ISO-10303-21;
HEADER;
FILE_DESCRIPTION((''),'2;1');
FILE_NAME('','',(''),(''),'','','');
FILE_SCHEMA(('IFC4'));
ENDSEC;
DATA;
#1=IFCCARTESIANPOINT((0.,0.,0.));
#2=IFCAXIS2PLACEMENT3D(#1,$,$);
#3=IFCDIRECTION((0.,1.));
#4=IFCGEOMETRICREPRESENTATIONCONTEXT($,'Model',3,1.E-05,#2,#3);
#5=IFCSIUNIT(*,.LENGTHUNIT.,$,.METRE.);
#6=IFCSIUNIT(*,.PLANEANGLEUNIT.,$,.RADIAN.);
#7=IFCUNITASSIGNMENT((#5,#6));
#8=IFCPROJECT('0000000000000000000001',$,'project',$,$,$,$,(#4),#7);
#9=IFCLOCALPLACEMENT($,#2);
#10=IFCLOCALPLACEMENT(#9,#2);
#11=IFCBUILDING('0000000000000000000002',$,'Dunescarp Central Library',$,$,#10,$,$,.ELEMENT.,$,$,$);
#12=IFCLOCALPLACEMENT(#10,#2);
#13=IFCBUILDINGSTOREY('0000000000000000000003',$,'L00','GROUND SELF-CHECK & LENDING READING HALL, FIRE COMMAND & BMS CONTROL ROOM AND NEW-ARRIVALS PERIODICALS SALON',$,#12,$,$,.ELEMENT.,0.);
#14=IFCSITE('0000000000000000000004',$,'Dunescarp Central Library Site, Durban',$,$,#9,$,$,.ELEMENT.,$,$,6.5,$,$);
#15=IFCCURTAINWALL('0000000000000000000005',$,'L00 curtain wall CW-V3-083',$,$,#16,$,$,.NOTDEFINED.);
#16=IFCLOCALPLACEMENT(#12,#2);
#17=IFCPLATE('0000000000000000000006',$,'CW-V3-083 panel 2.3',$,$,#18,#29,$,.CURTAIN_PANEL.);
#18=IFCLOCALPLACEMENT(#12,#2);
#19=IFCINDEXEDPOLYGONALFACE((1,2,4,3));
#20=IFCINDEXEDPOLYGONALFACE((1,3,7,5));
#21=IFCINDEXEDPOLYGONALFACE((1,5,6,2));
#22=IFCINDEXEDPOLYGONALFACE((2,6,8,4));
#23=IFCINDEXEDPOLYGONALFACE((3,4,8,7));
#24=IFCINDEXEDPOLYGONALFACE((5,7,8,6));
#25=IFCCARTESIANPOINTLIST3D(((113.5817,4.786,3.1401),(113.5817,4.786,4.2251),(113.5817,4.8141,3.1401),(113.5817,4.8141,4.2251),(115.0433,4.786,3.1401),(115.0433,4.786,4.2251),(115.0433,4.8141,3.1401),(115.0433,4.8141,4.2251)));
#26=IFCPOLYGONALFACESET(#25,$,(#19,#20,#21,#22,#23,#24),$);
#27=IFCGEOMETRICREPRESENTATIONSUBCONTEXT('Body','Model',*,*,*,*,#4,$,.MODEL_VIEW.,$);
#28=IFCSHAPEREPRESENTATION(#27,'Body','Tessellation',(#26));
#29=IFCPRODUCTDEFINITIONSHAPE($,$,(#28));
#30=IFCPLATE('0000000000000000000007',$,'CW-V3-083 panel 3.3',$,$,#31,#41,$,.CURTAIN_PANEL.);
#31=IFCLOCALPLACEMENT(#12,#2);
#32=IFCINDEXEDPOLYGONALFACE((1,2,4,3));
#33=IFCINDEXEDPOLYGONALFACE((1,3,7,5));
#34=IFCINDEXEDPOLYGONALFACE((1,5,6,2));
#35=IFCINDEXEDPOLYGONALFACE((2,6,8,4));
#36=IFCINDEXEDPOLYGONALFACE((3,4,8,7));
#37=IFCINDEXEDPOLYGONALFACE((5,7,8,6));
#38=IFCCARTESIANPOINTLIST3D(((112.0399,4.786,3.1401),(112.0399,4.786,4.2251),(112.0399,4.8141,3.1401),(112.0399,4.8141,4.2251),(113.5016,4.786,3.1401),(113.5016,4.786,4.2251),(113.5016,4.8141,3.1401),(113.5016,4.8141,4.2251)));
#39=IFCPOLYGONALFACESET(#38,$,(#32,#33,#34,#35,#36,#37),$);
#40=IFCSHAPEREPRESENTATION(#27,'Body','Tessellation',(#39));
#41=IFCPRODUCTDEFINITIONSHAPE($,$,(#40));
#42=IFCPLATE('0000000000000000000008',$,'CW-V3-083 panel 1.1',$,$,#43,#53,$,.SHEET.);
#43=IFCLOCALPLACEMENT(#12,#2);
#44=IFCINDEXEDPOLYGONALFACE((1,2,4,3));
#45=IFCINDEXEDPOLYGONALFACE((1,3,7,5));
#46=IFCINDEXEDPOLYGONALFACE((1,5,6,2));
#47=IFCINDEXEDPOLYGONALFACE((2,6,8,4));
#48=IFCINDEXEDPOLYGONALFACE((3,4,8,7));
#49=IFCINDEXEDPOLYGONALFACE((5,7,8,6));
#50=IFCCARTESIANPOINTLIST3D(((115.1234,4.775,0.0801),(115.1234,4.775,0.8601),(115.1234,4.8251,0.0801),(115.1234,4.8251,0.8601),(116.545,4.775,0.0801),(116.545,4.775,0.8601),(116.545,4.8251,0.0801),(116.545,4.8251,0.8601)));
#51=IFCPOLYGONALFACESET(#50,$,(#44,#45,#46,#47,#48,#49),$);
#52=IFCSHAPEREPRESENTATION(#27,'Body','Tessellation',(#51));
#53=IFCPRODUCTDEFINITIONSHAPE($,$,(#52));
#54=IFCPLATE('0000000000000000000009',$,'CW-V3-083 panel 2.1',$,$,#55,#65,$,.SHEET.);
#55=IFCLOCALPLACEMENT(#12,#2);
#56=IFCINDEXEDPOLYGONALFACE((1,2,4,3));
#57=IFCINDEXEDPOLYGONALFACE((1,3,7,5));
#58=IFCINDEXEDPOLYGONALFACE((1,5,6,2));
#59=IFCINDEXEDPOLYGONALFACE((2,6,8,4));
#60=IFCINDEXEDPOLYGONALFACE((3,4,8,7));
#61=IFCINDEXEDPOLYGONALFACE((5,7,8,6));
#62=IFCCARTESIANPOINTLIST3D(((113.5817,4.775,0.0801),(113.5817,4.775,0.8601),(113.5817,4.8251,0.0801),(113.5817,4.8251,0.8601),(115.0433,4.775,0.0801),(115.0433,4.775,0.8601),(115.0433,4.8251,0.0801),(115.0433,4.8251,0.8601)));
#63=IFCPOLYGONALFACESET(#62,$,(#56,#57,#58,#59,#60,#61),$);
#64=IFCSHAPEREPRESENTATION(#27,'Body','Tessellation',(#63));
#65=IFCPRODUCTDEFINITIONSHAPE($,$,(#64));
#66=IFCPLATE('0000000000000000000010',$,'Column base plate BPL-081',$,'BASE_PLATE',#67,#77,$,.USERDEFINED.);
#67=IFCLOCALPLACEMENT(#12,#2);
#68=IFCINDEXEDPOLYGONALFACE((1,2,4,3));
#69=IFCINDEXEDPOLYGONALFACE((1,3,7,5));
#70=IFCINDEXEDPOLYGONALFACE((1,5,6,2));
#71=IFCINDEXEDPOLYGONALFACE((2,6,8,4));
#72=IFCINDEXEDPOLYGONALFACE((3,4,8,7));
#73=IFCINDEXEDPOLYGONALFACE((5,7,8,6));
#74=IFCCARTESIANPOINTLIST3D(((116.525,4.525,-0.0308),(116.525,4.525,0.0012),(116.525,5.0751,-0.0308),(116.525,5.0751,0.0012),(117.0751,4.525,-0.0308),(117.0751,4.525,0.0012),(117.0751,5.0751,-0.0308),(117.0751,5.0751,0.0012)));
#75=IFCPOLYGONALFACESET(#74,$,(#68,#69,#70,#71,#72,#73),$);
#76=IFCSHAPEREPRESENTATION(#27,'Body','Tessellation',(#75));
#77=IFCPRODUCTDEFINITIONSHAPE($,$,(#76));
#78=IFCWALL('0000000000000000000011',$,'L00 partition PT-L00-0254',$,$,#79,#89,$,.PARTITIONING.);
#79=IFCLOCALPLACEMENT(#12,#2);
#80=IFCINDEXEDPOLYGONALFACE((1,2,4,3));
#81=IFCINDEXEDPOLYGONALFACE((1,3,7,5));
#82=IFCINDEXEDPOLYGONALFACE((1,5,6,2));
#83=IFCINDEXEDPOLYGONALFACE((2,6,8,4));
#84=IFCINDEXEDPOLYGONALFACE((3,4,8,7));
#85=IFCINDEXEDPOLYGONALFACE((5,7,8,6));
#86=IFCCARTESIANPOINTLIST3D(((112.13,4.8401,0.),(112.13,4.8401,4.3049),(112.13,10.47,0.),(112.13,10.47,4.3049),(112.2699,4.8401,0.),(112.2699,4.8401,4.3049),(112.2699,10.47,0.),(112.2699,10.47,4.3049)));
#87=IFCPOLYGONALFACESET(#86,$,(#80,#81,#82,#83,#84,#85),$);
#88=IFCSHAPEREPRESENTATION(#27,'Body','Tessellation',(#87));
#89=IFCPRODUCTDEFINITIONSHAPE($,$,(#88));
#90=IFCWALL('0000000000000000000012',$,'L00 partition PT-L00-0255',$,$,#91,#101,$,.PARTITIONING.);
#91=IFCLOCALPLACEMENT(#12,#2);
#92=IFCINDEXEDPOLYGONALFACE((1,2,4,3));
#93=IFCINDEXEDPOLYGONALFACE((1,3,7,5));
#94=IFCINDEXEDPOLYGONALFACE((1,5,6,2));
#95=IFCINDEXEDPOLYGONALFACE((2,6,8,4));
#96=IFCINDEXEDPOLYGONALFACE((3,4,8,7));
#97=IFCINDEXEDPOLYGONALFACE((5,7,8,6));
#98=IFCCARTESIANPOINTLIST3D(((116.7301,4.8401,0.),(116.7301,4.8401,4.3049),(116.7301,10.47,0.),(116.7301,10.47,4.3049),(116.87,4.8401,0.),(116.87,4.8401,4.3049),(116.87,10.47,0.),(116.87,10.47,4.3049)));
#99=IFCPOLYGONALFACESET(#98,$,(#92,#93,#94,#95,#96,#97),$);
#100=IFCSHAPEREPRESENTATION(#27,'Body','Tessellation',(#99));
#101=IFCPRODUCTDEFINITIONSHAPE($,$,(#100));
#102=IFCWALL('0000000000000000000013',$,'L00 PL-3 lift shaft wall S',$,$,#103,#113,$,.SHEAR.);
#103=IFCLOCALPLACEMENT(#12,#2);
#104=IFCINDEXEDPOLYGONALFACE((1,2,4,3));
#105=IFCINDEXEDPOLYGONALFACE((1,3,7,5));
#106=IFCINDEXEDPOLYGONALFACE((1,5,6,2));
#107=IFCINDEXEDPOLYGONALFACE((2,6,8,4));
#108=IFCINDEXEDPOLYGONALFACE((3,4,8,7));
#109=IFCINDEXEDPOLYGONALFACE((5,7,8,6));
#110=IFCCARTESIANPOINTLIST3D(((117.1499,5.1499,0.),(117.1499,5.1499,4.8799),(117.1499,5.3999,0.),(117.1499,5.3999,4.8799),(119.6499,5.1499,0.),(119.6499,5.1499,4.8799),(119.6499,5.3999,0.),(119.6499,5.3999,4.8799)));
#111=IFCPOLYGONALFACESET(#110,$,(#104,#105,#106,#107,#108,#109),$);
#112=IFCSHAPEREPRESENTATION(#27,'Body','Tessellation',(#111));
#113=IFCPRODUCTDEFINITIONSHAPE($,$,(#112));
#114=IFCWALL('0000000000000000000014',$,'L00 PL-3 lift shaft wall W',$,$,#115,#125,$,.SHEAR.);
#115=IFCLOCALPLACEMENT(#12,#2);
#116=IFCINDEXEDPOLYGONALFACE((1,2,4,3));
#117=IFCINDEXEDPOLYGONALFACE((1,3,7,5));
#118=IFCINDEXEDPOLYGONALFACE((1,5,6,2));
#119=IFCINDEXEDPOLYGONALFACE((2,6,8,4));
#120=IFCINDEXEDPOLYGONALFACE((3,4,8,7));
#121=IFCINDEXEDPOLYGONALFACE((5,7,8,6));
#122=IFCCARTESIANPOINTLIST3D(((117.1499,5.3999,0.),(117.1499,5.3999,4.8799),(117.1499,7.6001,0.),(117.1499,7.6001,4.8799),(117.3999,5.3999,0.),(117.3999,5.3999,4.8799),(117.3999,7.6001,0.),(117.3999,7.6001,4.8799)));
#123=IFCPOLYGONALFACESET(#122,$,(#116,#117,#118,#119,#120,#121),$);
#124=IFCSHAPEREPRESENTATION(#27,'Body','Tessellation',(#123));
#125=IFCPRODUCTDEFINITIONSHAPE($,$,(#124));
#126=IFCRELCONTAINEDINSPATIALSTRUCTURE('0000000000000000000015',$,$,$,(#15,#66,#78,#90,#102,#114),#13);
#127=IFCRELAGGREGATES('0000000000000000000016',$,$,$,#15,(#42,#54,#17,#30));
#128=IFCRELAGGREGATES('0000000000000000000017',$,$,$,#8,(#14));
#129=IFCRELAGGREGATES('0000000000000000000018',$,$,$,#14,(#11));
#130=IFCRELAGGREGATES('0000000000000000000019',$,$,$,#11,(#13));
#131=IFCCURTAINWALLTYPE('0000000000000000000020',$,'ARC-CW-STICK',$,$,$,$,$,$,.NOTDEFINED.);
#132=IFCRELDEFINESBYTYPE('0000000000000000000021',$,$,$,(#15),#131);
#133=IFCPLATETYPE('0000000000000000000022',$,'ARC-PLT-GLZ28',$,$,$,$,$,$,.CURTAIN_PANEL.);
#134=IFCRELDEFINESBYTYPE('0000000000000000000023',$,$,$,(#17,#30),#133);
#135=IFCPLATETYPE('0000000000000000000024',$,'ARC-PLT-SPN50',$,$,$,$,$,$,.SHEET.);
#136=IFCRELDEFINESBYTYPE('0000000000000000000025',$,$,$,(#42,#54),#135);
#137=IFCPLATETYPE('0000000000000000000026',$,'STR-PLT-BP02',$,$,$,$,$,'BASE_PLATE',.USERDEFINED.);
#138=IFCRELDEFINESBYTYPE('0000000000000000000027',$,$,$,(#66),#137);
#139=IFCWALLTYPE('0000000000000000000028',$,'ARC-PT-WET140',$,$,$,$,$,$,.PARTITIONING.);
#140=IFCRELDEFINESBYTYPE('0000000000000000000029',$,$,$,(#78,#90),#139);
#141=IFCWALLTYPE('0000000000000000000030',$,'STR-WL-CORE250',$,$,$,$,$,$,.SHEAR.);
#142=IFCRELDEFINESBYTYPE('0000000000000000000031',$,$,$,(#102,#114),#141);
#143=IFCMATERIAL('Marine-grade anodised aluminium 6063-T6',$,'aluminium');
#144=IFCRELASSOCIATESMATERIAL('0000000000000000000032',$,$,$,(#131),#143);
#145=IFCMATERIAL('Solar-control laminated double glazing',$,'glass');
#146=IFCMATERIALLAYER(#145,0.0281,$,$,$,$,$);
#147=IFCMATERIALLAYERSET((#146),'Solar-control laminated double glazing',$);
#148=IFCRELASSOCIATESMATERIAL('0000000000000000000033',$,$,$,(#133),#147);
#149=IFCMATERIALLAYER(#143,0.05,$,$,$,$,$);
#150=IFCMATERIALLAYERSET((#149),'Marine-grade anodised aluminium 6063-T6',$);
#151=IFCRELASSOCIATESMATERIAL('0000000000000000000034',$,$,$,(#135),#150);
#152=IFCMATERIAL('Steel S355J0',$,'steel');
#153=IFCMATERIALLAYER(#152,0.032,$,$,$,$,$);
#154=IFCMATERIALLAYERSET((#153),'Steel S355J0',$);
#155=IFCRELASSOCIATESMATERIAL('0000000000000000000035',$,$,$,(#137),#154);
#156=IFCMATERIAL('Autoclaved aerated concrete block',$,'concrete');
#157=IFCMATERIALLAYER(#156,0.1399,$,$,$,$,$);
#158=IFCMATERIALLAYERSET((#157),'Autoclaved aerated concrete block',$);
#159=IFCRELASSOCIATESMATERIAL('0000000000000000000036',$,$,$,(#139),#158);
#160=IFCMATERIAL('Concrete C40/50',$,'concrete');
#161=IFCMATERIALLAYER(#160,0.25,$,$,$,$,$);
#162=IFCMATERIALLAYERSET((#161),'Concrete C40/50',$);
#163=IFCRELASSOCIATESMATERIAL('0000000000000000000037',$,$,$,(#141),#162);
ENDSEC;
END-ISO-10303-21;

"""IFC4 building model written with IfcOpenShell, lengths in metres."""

from ifc_helpers import new_model, si_unit, direction, frame, frame_2d, origin, origin_2d, place, context, subcontext, project, spatial, rectangle, extrude, material, layer, layer_set, type_object, element, aggregate, save


model = new_model("IFC4")

# Units and contexts
model_context = context("Model", 3, precision=1e-05, world=origin(), true_north=direction((0.0, 1.0)))
body_context = subcontext(model_context, "Body", "Model", "MODEL_VIEW")
ifc_project = project(units=[si_unit("LENGTHUNIT", "METRE"), si_unit("PLANEANGLEUNIT", "RADIAN")], contexts=[model_context])

# Site, building, storey
site_placement = place(None, origin())
site = spatial("IfcSite", under=ifc_project, at=site_placement, Name="Dunescarp Central Library Site, Durban", CompositionType="ELEMENT", RefElevation=6.5)
building_placement = place(site_placement, origin())
building = spatial("IfcBuilding", under=site, at=building_placement, Name="Dunescarp Central Library", CompositionType="ELEMENT")
storey_placement = place(building_placement, origin())
storey = spatial("IfcBuildingStorey", under=building, at=storey_placement, Name="L00", Description="GROUND SELF-CHECK & LENDING READING HALL, FIRE COMMAND & BMS CONTROL ROOM AND NEW-ARRIVALS PERIODICALS SALON", CompositionType="ELEMENT", Elevation=0.0)

# Shared definitions
ifc_material_1 = material(Name="Concrete C40/50", Category="concrete")

# Curtain wall, plates
ifc_material_2 = material(Name="Marine-grade anodised aluminium 6063-T6", Category="aluminium")
curtain_wall_type = type_object("IfcCurtainWallType", Name="ARC-CW-STICK", PredefinedType="NOTDEFINED", material=ifc_material_2)
curtain_wall_placement = place(storey_placement, origin())
curtain_wall = element("IfcCurtainWall", 1, at=curtain_wall_placement, inside=storey, type_object=curtain_wall_type, Name="L00 curtain wall CW-V3-083", PredefinedType="NOTDEFINED")
ifc_material_3 = material(Name="Solar-control laminated double glazing", Category="glass")
ifc_layer_1 = layer(ifc_material_3, 0.0281)
ifc_layer_set_1 = layer_set([ifc_layer_1], Name="Solar-control laminated double glazing")
plate_type_1 = type_object("IfcPlateType", Name="ARC-PLT-GLZ28", PredefinedType="CURTAIN_PANEL", material=ifc_layer_set_1)
plate_1_placement = place(storey_placement, frame((114.3125, 4.8, 3.1401), z_axis=(0.0, 0.0, 1.0), x_axis=(-1.0, 0.0, 0.0)))
plate_1 = element("IfcPlate", 2, at=plate_1_placement, type_object=plate_type_1, Name="CW-V3-083 panel 2.3", PredefinedType="CURTAIN_PANEL", context=body_context, shape_type="SweptSolid", body=[
    extrude(rectangle(XDim=1.4617, YDim=0.0281, at=origin_2d()), origin(), (0.0, 0.0, 1.0), 1.085),
])
plate_2_placement = place(storey_placement, frame((112.7708, 4.8, 3.1401), z_axis=(0.0, 0.0, 1.0), x_axis=(-1.0, 0.0, 0.0)))
plate_2 = element("IfcPlate", 3, at=plate_2_placement, type_object=plate_type_1, Name="CW-V3-083 panel 3.3", PredefinedType="CURTAIN_PANEL", context=body_context, shape_type="SweptSolid", body=[
    extrude(rectangle(XDim=1.4617, YDim=0.0281, at=origin_2d()), origin(), (0.0, 0.0, 1.0), 1.085),
])
ifc_layer_2 = layer(ifc_material_2, 0.05)
ifc_layer_set_2 = layer_set([ifc_layer_2], Name="Marine-grade anodised aluminium 6063-T6")
plate_type_2 = type_object("IfcPlateType", Name="ARC-PLT-SPN50", PredefinedType="SHEET", material=ifc_layer_set_2)
plate_3_placement = place(storey_placement, frame((115.8342, 4.8, 0.0801), z_axis=(0.0, 0.0, 1.0), x_axis=(-1.0, 0.0, 0.0)))
plate_3 = element("IfcPlate", 4, at=plate_3_placement, type_object=plate_type_2, Name="CW-V3-083 panel 1.1", PredefinedType="SHEET", context=body_context, shape_type="SweptSolid", body=[
    extrude(rectangle(XDim=1.4216, YDim=0.05, at=origin_2d()), origin(), (0.0, 0.0, 1.0), 0.78),
])
plate_4_placement = place(storey_placement, frame((114.3125, 4.8, 0.0801), z_axis=(0.0, 0.0, 1.0), x_axis=(-1.0, 0.0, 0.0)))
plate_4 = element("IfcPlate", 5, at=plate_4_placement, type_object=plate_type_2, Name="CW-V3-083 panel 2.1", PredefinedType="SHEET", context=body_context, shape_type="SweptSolid", body=[
    extrude(rectangle(XDim=1.4617, YDim=0.05, at=origin_2d()), origin(), (0.0, 0.0, 1.0), 0.78),
])
aggregate(curtain_wall, [plate_3, plate_4, plate_1, plate_2])

# Plate
ifc_material_4 = material(Name="Steel S355J0", Category="steel")
ifc_layer_3 = layer(ifc_material_4, 0.032)
ifc_layer_set_3 = layer_set([ifc_layer_3], Name="Steel S355J0")
plate_type_3 = type_object("IfcPlateType", Name="STR-PLT-BP02", ElementType="BASE_PLATE", PredefinedType="USERDEFINED", material=ifc_layer_set_3)
plate_5_placement = place(storey_placement, frame((116.8, 4.8, -0.0308), z_axis=(0.0, 0.0, 1.0), x_axis=(1.0, 0.0, 0.0)))
element("IfcPlate", 6, at=plate_5_placement, inside=storey, type_object=plate_type_3, Name="Column base plate BPL-081", ObjectType="BASE_PLATE", PredefinedType="USERDEFINED", context=body_context, shape_type="SweptSolid", body=[
    extrude(rectangle(XDim=0.55, YDim=0.55, at=origin_2d()), origin(), (0.0, 0.0, 1.0), 0.032),
])

# Walls
ifc_material_5 = material(Name="Autoclaved aerated concrete block", Category="concrete")
ifc_layer_4 = layer(ifc_material_5, 0.1399)
ifc_layer_set_4 = layer_set([ifc_layer_4], Name="Autoclaved aerated concrete block")
wall_type_1 = type_object("IfcWallType", Name="ARC-PT-WET140", PredefinedType="PARTITIONING", material=ifc_layer_set_4)
for number, where, z_axis, x_axis, name in (
    (7, (112.2, 4.8401, 0.0), (0.0, 0.0, 1.0), (0.0, 1.0, 0.0), "L00 partition PT-L00-0254"),
    (8, (116.8, 4.8401, 0.0), (0.0, 0.0, 1.0), (0.0, 1.0, 0.0), "L00 partition PT-L00-0255"),
):
    element("IfcWall", number, at=place(storey_placement, frame(where, z_axis=z_axis, x_axis=x_axis)), inside=storey, type_object=wall_type_1, Name=name, PredefinedType="PARTITIONING", context=body_context, shape_type="SweptSolid", body=[
        extrude(rectangle(XDim=5.6299, YDim=0.1399, at=frame_2d((2.8149, 0.0))), origin(), (0.0, 0.0, 1.0), 4.3049),
    ])
ifc_layer_5 = layer(ifc_material_1, 0.25)
ifc_layer_set_5 = layer_set([ifc_layer_5], Name="Concrete C40/50")
wall_type_2 = type_object("IfcWallType", Name="STR-WL-CORE250", PredefinedType="SHEAR", material=ifc_layer_set_5)
wall_1_placement = place(storey_placement, frame((119.6499, 5.2749, 0.0), z_axis=(0.0, 0.0, 1.0), x_axis=(-1.0, 0.0, 0.0)))
element("IfcWall", 9, at=wall_1_placement, inside=storey, type_object=wall_type_2, Name="L00 PL-3 lift shaft wall S", PredefinedType="SHEAR", context=body_context, shape_type="SweptSolid", body=[
    extrude(rectangle(XDim=2.5, YDim=0.25, at=frame_2d((1.25, 0.0))), origin(), (0.0, 0.0, 1.0), 4.8799),
])
wall_2_placement = place(storey_placement, frame((117.2749, 5.3999, 0.0), z_axis=(0.0, 0.0, 1.0), x_axis=(0.0, 1.0, 0.0)))
element("IfcWall", 10, at=wall_2_placement, inside=storey, type_object=wall_type_2, Name="L00 PL-3 lift shaft wall W", PredefinedType="SHEAR", context=body_context, shape_type="SweptSolid", body=[
    extrude(rectangle(XDim=2.2002, YDim=0.25, at=frame_2d((1.1001, 0.0))), origin(), (0.0, 0.0, 1.0), 4.8799),
])

save(model, "model.ifc")
